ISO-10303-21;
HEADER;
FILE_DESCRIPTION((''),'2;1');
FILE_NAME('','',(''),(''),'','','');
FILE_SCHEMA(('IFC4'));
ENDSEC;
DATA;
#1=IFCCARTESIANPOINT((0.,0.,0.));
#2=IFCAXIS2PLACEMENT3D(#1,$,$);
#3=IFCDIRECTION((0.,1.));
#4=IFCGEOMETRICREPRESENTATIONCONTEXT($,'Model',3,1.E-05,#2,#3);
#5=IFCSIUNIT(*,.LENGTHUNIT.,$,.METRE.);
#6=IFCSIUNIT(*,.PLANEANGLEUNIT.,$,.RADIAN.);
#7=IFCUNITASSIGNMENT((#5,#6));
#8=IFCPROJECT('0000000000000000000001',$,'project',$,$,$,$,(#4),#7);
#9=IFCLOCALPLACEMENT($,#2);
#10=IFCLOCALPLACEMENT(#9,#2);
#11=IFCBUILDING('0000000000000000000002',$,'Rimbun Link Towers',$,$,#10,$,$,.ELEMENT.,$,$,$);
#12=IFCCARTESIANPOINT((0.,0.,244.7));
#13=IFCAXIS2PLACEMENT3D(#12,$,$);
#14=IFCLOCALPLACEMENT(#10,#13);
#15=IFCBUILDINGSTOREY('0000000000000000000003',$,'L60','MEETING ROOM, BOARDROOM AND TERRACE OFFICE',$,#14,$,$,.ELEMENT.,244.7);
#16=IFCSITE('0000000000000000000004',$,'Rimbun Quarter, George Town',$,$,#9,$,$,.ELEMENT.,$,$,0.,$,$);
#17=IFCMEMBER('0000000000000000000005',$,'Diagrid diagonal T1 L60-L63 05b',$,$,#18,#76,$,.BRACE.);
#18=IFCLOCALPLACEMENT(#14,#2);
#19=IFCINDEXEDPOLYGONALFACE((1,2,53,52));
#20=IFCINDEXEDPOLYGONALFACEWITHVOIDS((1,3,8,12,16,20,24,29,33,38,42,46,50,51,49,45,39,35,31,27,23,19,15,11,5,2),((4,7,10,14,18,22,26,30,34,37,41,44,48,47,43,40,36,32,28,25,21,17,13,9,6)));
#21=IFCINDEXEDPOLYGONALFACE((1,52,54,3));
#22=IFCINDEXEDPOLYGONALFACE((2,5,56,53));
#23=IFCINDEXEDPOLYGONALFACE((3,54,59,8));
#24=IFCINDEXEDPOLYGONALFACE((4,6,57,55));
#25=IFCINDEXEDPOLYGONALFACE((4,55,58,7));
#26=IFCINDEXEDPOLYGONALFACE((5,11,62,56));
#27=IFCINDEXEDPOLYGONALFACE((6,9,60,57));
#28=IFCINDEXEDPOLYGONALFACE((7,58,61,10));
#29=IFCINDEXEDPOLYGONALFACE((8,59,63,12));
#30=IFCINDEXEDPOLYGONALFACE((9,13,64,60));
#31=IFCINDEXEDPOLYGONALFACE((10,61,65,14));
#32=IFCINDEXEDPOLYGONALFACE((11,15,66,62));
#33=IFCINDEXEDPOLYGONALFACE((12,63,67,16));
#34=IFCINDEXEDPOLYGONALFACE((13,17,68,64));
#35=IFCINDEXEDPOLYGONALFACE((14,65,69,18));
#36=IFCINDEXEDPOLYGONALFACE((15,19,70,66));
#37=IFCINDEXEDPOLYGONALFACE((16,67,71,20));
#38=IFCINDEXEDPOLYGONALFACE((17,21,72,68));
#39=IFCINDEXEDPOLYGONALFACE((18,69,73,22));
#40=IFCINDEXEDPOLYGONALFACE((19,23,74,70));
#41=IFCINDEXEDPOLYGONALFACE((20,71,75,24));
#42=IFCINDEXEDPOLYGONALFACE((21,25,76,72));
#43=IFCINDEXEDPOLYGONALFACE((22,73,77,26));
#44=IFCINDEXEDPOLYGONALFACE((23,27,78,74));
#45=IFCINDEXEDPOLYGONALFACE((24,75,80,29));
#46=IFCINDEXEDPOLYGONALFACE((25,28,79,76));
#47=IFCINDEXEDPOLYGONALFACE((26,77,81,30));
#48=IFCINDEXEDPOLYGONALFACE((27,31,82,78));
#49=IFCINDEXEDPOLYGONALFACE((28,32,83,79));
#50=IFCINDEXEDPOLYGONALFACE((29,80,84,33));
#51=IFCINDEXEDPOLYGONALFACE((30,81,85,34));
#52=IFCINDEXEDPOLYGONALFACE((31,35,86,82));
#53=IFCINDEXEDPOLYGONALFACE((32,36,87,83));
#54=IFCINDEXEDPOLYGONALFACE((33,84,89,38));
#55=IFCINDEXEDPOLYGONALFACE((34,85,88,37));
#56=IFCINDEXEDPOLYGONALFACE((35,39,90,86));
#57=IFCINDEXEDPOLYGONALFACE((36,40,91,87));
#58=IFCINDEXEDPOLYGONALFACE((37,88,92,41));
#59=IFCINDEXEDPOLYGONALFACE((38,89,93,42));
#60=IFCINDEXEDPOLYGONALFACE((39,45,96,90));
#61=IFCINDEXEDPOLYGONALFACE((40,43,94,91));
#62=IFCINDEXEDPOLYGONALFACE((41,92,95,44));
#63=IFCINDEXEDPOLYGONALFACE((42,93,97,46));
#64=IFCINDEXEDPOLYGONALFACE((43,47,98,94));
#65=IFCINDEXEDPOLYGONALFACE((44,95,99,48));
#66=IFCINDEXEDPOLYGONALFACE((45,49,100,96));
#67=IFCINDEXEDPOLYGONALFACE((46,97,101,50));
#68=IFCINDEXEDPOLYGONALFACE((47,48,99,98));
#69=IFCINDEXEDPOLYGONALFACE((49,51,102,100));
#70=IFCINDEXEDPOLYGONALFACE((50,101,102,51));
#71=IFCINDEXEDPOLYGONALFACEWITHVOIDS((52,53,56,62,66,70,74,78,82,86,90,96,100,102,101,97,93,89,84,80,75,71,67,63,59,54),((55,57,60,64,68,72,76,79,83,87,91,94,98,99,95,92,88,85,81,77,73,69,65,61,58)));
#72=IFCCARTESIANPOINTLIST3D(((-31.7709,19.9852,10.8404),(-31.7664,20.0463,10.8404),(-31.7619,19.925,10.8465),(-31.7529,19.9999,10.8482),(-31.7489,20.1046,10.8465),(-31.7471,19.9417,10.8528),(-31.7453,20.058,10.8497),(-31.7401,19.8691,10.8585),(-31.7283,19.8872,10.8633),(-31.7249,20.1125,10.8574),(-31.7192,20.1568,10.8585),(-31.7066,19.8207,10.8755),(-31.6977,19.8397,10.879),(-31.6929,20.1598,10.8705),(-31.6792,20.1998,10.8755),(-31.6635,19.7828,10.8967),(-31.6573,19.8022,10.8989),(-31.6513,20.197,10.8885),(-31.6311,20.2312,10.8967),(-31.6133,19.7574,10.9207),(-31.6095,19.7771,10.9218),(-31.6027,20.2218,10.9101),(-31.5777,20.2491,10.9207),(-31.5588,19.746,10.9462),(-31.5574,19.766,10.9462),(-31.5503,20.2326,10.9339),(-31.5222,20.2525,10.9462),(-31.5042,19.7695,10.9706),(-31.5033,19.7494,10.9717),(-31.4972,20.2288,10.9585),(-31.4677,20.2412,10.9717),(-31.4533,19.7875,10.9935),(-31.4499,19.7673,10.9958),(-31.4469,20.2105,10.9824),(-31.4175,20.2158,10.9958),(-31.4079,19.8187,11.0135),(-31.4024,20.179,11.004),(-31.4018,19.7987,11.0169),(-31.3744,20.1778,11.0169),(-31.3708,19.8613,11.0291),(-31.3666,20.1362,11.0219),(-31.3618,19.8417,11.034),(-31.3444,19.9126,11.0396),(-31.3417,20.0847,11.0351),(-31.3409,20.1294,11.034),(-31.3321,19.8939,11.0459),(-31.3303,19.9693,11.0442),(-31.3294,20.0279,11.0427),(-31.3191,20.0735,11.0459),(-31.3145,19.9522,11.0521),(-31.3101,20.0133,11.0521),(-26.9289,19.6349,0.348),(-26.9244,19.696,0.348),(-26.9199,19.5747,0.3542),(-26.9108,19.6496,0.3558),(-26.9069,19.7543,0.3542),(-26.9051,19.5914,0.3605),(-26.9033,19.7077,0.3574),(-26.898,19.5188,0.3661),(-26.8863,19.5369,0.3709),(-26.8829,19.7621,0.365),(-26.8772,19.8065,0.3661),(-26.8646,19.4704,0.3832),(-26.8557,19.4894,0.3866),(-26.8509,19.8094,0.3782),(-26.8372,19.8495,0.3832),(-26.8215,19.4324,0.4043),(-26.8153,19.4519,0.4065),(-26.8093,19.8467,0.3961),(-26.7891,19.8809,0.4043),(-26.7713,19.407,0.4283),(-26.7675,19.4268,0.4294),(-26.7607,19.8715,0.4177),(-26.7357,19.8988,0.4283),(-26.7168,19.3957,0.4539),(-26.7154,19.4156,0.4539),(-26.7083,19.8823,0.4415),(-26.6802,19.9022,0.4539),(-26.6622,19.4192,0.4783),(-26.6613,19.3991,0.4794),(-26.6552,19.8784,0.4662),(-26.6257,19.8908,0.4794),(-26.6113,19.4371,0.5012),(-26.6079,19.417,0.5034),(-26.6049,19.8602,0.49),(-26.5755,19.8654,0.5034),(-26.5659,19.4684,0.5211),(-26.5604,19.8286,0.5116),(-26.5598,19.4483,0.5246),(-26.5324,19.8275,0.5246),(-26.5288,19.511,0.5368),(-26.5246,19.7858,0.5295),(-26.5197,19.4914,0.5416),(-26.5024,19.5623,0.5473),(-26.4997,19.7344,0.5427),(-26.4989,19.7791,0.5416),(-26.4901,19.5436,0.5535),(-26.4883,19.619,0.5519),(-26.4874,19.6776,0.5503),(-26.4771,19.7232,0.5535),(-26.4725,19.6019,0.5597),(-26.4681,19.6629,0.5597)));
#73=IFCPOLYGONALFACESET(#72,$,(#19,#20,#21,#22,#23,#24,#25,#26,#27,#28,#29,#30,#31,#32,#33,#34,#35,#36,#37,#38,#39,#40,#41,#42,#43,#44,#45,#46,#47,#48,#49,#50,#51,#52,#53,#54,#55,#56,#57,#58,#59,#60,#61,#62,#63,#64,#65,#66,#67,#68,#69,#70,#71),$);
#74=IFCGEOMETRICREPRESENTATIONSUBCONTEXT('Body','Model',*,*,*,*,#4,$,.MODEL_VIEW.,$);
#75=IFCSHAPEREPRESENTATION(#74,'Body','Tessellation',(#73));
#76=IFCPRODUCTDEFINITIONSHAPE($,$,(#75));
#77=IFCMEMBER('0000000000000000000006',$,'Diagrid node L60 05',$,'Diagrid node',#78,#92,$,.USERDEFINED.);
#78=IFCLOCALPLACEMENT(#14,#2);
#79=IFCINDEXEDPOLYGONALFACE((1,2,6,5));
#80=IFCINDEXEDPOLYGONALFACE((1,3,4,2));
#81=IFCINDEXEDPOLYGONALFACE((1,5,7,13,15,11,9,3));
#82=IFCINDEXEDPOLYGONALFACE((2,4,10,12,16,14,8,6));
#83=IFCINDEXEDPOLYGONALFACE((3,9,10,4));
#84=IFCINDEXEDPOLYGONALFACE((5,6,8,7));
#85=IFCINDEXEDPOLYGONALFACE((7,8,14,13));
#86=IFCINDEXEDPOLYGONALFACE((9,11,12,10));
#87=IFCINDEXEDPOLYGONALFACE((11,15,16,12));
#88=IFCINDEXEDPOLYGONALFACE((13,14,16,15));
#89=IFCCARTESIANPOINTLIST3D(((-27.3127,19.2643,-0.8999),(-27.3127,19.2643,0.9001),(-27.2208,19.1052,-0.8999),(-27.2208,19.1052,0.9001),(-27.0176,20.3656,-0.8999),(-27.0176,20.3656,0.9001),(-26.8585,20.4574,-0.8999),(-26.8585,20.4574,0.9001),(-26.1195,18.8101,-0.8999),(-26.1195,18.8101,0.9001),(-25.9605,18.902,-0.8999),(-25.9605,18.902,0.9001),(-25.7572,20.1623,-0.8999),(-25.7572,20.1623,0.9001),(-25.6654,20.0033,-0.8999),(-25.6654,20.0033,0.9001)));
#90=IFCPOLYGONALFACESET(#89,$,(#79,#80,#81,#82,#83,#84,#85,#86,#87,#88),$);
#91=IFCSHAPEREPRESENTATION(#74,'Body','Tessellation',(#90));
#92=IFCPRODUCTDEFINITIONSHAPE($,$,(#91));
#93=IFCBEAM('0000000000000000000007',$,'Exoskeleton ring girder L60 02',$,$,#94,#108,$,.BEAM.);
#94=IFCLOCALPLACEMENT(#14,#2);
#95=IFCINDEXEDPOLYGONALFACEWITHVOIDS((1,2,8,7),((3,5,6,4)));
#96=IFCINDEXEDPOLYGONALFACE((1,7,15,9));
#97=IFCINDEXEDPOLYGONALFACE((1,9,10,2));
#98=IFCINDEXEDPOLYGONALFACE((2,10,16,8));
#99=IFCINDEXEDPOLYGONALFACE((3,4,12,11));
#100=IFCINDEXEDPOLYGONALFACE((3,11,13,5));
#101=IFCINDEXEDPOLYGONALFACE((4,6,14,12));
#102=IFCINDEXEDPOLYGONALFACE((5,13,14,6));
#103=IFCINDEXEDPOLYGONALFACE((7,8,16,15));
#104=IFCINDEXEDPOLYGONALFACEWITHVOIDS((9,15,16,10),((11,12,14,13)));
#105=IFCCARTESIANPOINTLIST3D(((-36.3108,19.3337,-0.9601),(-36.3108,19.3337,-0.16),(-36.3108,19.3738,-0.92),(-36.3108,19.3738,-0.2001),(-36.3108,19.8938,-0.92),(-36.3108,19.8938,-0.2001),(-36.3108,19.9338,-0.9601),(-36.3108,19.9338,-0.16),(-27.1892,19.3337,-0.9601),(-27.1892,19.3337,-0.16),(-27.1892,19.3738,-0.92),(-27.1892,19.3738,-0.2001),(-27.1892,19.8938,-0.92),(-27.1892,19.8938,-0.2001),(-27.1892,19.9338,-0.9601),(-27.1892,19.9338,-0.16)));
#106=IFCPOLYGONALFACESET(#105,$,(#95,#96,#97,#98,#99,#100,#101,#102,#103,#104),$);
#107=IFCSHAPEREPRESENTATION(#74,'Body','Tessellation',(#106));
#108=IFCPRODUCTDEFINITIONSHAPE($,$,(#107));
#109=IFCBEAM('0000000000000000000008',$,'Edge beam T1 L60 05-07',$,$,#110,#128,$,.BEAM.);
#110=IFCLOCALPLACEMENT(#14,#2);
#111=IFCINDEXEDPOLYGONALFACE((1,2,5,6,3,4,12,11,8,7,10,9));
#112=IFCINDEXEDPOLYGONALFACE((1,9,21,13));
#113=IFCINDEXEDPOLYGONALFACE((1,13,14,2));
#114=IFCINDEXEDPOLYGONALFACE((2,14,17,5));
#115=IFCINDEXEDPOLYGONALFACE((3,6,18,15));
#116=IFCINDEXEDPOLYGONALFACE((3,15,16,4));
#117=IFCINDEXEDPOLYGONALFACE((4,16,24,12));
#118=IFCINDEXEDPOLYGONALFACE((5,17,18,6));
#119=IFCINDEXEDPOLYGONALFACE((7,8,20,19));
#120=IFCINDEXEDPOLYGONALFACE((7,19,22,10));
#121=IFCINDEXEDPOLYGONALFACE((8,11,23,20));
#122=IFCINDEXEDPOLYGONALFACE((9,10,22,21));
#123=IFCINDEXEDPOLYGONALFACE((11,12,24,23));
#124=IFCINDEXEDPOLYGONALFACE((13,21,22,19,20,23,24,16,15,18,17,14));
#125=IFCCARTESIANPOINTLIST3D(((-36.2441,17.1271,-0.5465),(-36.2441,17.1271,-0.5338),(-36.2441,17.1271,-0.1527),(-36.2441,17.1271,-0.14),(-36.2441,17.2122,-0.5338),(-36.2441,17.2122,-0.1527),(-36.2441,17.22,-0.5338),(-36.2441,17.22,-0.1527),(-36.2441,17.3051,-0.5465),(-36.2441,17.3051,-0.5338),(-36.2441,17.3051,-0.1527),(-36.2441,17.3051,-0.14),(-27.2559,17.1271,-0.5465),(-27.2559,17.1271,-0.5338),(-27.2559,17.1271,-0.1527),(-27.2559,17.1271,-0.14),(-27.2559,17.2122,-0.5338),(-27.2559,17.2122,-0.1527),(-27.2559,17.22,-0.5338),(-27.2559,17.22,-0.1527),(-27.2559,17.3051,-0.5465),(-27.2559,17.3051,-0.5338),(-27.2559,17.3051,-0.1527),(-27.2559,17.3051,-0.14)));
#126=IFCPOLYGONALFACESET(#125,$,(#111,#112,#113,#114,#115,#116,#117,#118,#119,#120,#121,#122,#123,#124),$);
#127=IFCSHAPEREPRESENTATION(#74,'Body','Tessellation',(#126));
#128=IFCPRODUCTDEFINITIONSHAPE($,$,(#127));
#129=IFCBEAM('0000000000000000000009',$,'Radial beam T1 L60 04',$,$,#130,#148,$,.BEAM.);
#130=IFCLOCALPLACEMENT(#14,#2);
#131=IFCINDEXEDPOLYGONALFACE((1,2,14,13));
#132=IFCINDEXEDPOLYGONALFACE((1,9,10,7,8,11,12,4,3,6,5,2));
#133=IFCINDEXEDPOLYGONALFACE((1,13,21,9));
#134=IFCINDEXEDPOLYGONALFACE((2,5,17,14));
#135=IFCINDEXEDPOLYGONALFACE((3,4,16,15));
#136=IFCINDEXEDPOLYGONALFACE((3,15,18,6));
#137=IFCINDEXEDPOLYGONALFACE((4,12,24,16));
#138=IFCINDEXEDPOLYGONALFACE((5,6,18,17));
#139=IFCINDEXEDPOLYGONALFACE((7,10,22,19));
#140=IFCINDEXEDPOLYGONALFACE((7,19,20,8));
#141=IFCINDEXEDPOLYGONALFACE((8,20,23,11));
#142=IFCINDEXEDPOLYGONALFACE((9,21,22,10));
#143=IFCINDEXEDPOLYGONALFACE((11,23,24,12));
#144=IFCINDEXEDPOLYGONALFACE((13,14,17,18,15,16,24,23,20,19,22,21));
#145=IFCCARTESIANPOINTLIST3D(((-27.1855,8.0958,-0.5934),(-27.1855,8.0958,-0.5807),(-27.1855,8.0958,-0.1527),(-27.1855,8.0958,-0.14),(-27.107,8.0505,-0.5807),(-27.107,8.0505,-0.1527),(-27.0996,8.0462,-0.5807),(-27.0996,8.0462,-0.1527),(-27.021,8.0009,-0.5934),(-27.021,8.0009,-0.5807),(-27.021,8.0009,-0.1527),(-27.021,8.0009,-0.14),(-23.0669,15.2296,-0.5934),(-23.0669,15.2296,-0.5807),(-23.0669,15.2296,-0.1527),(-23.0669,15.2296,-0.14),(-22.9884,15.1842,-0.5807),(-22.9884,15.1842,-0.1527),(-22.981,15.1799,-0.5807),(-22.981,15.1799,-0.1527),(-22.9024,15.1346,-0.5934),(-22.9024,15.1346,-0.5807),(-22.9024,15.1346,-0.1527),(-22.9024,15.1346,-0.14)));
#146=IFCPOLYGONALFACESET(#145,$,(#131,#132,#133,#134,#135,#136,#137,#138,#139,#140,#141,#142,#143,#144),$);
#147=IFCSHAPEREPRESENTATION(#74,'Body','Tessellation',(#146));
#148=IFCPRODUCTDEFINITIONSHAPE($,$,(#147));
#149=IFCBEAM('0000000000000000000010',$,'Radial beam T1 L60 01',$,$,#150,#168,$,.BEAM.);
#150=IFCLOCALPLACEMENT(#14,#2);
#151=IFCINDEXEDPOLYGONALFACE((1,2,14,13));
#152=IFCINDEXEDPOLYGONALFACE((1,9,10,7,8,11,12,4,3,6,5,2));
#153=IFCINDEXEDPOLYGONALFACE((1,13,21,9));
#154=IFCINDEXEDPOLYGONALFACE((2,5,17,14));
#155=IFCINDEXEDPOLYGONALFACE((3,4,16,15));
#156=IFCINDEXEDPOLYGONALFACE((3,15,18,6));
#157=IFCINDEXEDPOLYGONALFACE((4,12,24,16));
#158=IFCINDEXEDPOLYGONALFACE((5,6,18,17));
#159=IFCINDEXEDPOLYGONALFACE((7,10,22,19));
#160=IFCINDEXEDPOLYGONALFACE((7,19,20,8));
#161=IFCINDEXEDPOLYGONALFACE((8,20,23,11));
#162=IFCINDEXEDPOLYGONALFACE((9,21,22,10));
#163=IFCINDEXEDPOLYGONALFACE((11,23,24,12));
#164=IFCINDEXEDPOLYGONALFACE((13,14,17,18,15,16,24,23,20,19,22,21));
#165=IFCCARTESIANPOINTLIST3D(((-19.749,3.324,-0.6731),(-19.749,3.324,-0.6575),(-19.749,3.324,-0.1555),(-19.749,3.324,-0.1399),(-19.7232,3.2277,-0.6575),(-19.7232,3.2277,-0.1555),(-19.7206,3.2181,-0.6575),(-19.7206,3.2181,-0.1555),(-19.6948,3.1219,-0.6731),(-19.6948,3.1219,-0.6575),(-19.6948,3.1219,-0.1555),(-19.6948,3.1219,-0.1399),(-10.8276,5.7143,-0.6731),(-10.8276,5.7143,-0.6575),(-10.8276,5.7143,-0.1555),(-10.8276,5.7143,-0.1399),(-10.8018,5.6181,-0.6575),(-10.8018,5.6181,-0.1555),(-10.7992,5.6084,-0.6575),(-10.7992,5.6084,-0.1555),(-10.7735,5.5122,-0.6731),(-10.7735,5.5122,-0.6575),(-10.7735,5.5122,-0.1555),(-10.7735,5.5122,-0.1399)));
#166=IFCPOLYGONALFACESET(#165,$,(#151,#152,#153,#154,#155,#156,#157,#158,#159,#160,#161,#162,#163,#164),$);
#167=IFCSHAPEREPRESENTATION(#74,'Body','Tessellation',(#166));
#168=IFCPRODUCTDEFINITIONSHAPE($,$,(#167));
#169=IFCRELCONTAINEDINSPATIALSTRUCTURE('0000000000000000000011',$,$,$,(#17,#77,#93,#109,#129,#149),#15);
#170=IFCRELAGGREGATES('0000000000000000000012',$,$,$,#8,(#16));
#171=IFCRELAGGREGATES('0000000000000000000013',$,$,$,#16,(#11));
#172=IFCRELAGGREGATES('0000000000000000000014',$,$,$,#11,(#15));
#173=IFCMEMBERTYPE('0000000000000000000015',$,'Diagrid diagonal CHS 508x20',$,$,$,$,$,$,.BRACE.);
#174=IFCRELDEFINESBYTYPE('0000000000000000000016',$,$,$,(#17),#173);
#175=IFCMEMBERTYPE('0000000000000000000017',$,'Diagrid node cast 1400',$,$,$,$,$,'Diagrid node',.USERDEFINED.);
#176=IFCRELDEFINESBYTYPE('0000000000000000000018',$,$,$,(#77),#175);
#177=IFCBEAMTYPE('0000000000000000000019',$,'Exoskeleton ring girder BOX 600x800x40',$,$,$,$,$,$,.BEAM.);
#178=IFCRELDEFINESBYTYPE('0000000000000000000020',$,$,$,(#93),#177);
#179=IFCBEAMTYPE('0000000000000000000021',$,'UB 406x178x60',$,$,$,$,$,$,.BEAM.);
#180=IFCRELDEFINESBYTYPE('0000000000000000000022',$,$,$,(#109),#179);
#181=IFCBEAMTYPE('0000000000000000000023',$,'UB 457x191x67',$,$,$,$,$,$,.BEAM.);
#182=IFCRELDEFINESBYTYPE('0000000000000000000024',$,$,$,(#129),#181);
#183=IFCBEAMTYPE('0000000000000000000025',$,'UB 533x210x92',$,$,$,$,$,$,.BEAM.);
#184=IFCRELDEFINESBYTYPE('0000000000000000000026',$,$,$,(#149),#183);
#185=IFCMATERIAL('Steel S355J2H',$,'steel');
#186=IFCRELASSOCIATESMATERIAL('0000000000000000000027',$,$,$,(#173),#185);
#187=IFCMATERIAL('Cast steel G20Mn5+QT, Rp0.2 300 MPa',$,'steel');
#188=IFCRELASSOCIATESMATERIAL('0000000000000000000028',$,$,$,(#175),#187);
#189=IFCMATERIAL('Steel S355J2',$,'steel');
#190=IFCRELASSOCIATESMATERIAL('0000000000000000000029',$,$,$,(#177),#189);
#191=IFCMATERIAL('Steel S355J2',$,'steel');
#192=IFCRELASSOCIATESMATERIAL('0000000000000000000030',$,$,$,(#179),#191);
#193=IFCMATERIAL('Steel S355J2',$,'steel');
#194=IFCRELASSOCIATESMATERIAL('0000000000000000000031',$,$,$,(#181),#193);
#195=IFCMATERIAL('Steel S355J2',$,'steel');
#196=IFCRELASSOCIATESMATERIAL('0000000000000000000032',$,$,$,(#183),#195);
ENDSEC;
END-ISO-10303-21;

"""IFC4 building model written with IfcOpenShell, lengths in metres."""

from ifc_helpers import new_model, si_unit, direction, frame, origin, origin_2d, place, context, subcontext, project, spatial, polyline, hollow_rectangle, hollow_circle, i_section, outline, extrude, material, material_profile, profile_set, type_object, element, save


model = new_model("IFC4")

# Units and contexts
model_context = context("Model", 3, precision=1e-05, world=origin(), true_north=direction((0.0, 1.0)))
body_context = subcontext(model_context, "Body", "Model", "MODEL_VIEW")
ifc_project = project(units=[si_unit("LENGTHUNIT", "METRE"), si_unit("PLANEANGLEUNIT", "RADIAN")], contexts=[model_context])

# Site, building, storey
site_placement = place(None, origin())
site = spatial("IfcSite", under=ifc_project, at=site_placement, Name="Rimbun Quarter, George Town", CompositionType="ELEMENT", RefElevation=0.0)
building_placement = place(site_placement, origin())
building = spatial("IfcBuilding", under=site, at=building_placement, Name="Rimbun Link Towers", CompositionType="ELEMENT")
storey_placement = place(building_placement, frame((0.0, 0.0, 244.7)))
storey = spatial("IfcBuildingStorey", under=building, at=storey_placement, Name="L60", Description="MEETING ROOM, BOARDROOM AND TERRACE OFFICE", CompositionType="ELEMENT", Elevation=244.7)

# Members
ifc_material_1 = material(Name="Steel S355J2H", Category="steel")
ifc_material_profile_1 = material_profile(ifc_material_1, hollow_circle(Radius=0.2539, WallThickness=0.02, at=origin_2d()), Name="Diagrid diagonal CHS 508x20")
ifc_profile_set_1 = profile_set([ifc_material_profile_1], Name="Steel S355J2H")
member_type_1 = type_object("IfcMemberType", Name="Diagrid diagonal CHS 508x20", PredefinedType="BRACE", material=ifc_profile_set_1)
member_1_placement = place(storey_placement, frame((-26.6985, 19.6489, 0.4539), z_axis=(-0.418822, 0.030303, 0.907563), x_axis=(-0.072166, -0.997393, 0.0)))
element("IfcMember", 1, at=member_1_placement, inside=storey, type_object=member_type_1, Name="Diagrid diagonal T1 L60-L63 05b", PredefinedType="BRACE", context=body_context, shape_type="SweptSolid", body=[
    extrude(hollow_circle(Radius=0.2539, WallThickness=0.02, at=origin_2d()), origin(), (0.0, 0.0, 1.0), 11.561),
])
ifc_material_2 = material(Name="Cast steel G20Mn5+QT, Rp0.2 300 MPa", Category="steel")
ifc_material_profile_2 = material_profile(ifc_material_2, outline(polyline([(0.7, -0.5701), (0.7, 0.5701), (0.5701, 0.7), (-0.5701, 0.7), (-0.7, 0.5701), (-0.7, -0.5701), (-0.5701, -0.7), (0.5701, -0.7), (0.7, -0.5701)])), Name="NODE 1400x1400")
ifc_profile_set_2 = profile_set([ifc_material_profile_2], Name="Cast steel G20Mn5+QT, Rp0.2 300 MPa")
member_type_2 = type_object("IfcMemberType", Name="Diagrid node cast 1400", ElementType="Diagrid node", PredefinedType="USERDEFINED", material=ifc_profile_set_2)
member_2_placement = place(storey_placement, frame((-26.489, 19.6338, -0.8999), z_axis=(0.0, 0.0, 1.0), x_axis=(0.258819, 0.965926, 0.0)))
element("IfcMember", 2, at=member_2_placement, inside=storey, type_object=member_type_2, Name="Diagrid node L60 05", ObjectType="Diagrid node", PredefinedType="USERDEFINED", context=body_context, shape_type="SweptSolid", body=[
    extrude(outline(polyline([(0.7, -0.5701), (0.7, 0.5701), (0.5701, 0.7), (-0.5701, 0.7), (-0.7, 0.5701), (-0.7, -0.5701), (-0.5701, -0.7), (0.5701, -0.7), (0.7, -0.5701)])), origin(), (0.0, 0.0, 1.0), 1.8),
])

# Beams
ifc_material_3 = material(Name="Steel S355J2", Category="steel")
ifc_material_profile_3 = material_profile(ifc_material_3, hollow_rectangle(XDim=0.6001, YDim=0.8, WallThickness=0.04, at=origin_2d()), Name="Exoskeleton ring girder BOX 600x800x40")
ifc_profile_set_3 = profile_set([ifc_material_profile_3], Name="Steel S355J2")
beam_type_1 = type_object("IfcBeamType", Name="Exoskeleton ring girder BOX 600x800x40", PredefinedType="BEAM", material=ifc_profile_set_3)
beam_1_placement = place(storey_placement, frame((-27.1892, 19.6338, -0.5601), z_axis=(-1.0, 0.0, 0.0), x_axis=(0.0, -1.0, 0.0)))
element("IfcBeam", 3, at=beam_1_placement, inside=storey, type_object=beam_type_1, Name="Exoskeleton ring girder L60 02", PredefinedType="BEAM", context=body_context, shape_type="SweptSolid", body=[
    extrude(hollow_rectangle(XDim=0.6001, YDim=0.8, WallThickness=0.04, at=origin_2d()), origin(), (0.0, 0.0, 1.0), 9.1216),
])
ifc_material_4 = material(Name="Steel S355J2", Category="steel")
ifc_material_profile_4 = material_profile(ifc_material_4, i_section(OverallWidth=0.178, OverallDepth=0.4065, WebThickness=0.0078, FlangeThickness=0.0127, at=origin_2d()), Name="UB 406x178x60")
ifc_profile_set_4 = profile_set([ifc_material_profile_4], Name="Steel S355J2")
beam_type_2 = type_object("IfcBeamType", Name="UB 406x178x60", PredefinedType="BEAM", material=ifc_profile_set_4)
beam_2_placement = place(storey_placement, frame((-27.2559, 17.2161, -0.3433), z_axis=(-1.0, 0.0, 0.0), x_axis=(0.0, -1.0, 0.0)))
element("IfcBeam", 4, at=beam_2_placement, inside=storey, type_object=beam_type_2, Name="Edge beam T1 L60 05-07", PredefinedType="BEAM", context=body_context, shape_type="SweptSolid", body=[
    extrude(i_section(OverallWidth=0.178, OverallDepth=0.4065, WebThickness=0.0078, FlangeThickness=0.0127, at=origin_2d()), origin(), (0.0, 0.0, 1.0), 8.9883),
])
ifc_material_5 = material(Name="Steel S355J2", Category="steel")
ifc_material_profile_5 = material_profile(ifc_material_5, i_section(OverallWidth=0.1899, OverallDepth=0.4534, WebThickness=0.0085, FlangeThickness=0.0127, at=origin_2d()), Name="UB 457x191x67")
ifc_profile_set_5 = profile_set([ifc_material_profile_5], Name="Steel S355J2")
beam_type_3 = type_object("IfcBeamType", Name="UB 457x191x67", PredefinedType="BEAM", material=ifc_profile_set_5)
beam_3_placement = place(storey_placement, frame((-27.1033, 8.0483, -0.3667), z_axis=(0.499996, 0.866028, 0.0), x_axis=(-0.866028, 0.499996, 0.0)))
element("IfcBeam", 5, at=beam_3_placement, inside=storey, type_object=beam_type_3, Name="Radial beam T1 L60 04", PredefinedType="BEAM", context=body_context, shape_type="SweptSolid", body=[
    extrude(i_section(OverallWidth=0.1899, OverallDepth=0.4534, WebThickness=0.0085, FlangeThickness=0.0127, at=origin_2d()), origin(), (0.0, 0.0, 1.0), 8.2373),
])
ifc_material_6 = material(Name="Steel S355J2", Category="steel")
ifc_material_profile_6 = material_profile(ifc_material_6, i_section(OverallWidth=0.2092, OverallDepth=0.5332, WebThickness=0.01, FlangeThickness=0.0156, at=origin_2d()), Name="UB 533x210x92")
ifc_profile_set_6 = profile_set([ifc_material_profile_6], Name="Steel S355J2")
beam_type_4 = type_object("IfcBeamType", Name="UB 533x210x92", PredefinedType="BEAM", material=ifc_profile_set_6)
beam_4_placement = place(storey_placement, frame((-19.7219, 3.2229, -0.4065), z_axis=(0.965928, 0.258809, 0.0), x_axis=(-0.258809, 0.965928, 0.0)))
element("IfcBeam", 6, at=beam_4_placement, inside=storey, type_object=beam_type_4, Name="Radial beam T1 L60 01", PredefinedType="BEAM", context=body_context, shape_type="SweptSolid", body=[
    extrude(i_section(OverallWidth=0.2092, OverallDepth=0.5332, WebThickness=0.01, FlangeThickness=0.0156, at=origin_2d()), origin(), (0.0, 0.0, 1.0), 9.2361),
])

save(model, "model.ifc")
